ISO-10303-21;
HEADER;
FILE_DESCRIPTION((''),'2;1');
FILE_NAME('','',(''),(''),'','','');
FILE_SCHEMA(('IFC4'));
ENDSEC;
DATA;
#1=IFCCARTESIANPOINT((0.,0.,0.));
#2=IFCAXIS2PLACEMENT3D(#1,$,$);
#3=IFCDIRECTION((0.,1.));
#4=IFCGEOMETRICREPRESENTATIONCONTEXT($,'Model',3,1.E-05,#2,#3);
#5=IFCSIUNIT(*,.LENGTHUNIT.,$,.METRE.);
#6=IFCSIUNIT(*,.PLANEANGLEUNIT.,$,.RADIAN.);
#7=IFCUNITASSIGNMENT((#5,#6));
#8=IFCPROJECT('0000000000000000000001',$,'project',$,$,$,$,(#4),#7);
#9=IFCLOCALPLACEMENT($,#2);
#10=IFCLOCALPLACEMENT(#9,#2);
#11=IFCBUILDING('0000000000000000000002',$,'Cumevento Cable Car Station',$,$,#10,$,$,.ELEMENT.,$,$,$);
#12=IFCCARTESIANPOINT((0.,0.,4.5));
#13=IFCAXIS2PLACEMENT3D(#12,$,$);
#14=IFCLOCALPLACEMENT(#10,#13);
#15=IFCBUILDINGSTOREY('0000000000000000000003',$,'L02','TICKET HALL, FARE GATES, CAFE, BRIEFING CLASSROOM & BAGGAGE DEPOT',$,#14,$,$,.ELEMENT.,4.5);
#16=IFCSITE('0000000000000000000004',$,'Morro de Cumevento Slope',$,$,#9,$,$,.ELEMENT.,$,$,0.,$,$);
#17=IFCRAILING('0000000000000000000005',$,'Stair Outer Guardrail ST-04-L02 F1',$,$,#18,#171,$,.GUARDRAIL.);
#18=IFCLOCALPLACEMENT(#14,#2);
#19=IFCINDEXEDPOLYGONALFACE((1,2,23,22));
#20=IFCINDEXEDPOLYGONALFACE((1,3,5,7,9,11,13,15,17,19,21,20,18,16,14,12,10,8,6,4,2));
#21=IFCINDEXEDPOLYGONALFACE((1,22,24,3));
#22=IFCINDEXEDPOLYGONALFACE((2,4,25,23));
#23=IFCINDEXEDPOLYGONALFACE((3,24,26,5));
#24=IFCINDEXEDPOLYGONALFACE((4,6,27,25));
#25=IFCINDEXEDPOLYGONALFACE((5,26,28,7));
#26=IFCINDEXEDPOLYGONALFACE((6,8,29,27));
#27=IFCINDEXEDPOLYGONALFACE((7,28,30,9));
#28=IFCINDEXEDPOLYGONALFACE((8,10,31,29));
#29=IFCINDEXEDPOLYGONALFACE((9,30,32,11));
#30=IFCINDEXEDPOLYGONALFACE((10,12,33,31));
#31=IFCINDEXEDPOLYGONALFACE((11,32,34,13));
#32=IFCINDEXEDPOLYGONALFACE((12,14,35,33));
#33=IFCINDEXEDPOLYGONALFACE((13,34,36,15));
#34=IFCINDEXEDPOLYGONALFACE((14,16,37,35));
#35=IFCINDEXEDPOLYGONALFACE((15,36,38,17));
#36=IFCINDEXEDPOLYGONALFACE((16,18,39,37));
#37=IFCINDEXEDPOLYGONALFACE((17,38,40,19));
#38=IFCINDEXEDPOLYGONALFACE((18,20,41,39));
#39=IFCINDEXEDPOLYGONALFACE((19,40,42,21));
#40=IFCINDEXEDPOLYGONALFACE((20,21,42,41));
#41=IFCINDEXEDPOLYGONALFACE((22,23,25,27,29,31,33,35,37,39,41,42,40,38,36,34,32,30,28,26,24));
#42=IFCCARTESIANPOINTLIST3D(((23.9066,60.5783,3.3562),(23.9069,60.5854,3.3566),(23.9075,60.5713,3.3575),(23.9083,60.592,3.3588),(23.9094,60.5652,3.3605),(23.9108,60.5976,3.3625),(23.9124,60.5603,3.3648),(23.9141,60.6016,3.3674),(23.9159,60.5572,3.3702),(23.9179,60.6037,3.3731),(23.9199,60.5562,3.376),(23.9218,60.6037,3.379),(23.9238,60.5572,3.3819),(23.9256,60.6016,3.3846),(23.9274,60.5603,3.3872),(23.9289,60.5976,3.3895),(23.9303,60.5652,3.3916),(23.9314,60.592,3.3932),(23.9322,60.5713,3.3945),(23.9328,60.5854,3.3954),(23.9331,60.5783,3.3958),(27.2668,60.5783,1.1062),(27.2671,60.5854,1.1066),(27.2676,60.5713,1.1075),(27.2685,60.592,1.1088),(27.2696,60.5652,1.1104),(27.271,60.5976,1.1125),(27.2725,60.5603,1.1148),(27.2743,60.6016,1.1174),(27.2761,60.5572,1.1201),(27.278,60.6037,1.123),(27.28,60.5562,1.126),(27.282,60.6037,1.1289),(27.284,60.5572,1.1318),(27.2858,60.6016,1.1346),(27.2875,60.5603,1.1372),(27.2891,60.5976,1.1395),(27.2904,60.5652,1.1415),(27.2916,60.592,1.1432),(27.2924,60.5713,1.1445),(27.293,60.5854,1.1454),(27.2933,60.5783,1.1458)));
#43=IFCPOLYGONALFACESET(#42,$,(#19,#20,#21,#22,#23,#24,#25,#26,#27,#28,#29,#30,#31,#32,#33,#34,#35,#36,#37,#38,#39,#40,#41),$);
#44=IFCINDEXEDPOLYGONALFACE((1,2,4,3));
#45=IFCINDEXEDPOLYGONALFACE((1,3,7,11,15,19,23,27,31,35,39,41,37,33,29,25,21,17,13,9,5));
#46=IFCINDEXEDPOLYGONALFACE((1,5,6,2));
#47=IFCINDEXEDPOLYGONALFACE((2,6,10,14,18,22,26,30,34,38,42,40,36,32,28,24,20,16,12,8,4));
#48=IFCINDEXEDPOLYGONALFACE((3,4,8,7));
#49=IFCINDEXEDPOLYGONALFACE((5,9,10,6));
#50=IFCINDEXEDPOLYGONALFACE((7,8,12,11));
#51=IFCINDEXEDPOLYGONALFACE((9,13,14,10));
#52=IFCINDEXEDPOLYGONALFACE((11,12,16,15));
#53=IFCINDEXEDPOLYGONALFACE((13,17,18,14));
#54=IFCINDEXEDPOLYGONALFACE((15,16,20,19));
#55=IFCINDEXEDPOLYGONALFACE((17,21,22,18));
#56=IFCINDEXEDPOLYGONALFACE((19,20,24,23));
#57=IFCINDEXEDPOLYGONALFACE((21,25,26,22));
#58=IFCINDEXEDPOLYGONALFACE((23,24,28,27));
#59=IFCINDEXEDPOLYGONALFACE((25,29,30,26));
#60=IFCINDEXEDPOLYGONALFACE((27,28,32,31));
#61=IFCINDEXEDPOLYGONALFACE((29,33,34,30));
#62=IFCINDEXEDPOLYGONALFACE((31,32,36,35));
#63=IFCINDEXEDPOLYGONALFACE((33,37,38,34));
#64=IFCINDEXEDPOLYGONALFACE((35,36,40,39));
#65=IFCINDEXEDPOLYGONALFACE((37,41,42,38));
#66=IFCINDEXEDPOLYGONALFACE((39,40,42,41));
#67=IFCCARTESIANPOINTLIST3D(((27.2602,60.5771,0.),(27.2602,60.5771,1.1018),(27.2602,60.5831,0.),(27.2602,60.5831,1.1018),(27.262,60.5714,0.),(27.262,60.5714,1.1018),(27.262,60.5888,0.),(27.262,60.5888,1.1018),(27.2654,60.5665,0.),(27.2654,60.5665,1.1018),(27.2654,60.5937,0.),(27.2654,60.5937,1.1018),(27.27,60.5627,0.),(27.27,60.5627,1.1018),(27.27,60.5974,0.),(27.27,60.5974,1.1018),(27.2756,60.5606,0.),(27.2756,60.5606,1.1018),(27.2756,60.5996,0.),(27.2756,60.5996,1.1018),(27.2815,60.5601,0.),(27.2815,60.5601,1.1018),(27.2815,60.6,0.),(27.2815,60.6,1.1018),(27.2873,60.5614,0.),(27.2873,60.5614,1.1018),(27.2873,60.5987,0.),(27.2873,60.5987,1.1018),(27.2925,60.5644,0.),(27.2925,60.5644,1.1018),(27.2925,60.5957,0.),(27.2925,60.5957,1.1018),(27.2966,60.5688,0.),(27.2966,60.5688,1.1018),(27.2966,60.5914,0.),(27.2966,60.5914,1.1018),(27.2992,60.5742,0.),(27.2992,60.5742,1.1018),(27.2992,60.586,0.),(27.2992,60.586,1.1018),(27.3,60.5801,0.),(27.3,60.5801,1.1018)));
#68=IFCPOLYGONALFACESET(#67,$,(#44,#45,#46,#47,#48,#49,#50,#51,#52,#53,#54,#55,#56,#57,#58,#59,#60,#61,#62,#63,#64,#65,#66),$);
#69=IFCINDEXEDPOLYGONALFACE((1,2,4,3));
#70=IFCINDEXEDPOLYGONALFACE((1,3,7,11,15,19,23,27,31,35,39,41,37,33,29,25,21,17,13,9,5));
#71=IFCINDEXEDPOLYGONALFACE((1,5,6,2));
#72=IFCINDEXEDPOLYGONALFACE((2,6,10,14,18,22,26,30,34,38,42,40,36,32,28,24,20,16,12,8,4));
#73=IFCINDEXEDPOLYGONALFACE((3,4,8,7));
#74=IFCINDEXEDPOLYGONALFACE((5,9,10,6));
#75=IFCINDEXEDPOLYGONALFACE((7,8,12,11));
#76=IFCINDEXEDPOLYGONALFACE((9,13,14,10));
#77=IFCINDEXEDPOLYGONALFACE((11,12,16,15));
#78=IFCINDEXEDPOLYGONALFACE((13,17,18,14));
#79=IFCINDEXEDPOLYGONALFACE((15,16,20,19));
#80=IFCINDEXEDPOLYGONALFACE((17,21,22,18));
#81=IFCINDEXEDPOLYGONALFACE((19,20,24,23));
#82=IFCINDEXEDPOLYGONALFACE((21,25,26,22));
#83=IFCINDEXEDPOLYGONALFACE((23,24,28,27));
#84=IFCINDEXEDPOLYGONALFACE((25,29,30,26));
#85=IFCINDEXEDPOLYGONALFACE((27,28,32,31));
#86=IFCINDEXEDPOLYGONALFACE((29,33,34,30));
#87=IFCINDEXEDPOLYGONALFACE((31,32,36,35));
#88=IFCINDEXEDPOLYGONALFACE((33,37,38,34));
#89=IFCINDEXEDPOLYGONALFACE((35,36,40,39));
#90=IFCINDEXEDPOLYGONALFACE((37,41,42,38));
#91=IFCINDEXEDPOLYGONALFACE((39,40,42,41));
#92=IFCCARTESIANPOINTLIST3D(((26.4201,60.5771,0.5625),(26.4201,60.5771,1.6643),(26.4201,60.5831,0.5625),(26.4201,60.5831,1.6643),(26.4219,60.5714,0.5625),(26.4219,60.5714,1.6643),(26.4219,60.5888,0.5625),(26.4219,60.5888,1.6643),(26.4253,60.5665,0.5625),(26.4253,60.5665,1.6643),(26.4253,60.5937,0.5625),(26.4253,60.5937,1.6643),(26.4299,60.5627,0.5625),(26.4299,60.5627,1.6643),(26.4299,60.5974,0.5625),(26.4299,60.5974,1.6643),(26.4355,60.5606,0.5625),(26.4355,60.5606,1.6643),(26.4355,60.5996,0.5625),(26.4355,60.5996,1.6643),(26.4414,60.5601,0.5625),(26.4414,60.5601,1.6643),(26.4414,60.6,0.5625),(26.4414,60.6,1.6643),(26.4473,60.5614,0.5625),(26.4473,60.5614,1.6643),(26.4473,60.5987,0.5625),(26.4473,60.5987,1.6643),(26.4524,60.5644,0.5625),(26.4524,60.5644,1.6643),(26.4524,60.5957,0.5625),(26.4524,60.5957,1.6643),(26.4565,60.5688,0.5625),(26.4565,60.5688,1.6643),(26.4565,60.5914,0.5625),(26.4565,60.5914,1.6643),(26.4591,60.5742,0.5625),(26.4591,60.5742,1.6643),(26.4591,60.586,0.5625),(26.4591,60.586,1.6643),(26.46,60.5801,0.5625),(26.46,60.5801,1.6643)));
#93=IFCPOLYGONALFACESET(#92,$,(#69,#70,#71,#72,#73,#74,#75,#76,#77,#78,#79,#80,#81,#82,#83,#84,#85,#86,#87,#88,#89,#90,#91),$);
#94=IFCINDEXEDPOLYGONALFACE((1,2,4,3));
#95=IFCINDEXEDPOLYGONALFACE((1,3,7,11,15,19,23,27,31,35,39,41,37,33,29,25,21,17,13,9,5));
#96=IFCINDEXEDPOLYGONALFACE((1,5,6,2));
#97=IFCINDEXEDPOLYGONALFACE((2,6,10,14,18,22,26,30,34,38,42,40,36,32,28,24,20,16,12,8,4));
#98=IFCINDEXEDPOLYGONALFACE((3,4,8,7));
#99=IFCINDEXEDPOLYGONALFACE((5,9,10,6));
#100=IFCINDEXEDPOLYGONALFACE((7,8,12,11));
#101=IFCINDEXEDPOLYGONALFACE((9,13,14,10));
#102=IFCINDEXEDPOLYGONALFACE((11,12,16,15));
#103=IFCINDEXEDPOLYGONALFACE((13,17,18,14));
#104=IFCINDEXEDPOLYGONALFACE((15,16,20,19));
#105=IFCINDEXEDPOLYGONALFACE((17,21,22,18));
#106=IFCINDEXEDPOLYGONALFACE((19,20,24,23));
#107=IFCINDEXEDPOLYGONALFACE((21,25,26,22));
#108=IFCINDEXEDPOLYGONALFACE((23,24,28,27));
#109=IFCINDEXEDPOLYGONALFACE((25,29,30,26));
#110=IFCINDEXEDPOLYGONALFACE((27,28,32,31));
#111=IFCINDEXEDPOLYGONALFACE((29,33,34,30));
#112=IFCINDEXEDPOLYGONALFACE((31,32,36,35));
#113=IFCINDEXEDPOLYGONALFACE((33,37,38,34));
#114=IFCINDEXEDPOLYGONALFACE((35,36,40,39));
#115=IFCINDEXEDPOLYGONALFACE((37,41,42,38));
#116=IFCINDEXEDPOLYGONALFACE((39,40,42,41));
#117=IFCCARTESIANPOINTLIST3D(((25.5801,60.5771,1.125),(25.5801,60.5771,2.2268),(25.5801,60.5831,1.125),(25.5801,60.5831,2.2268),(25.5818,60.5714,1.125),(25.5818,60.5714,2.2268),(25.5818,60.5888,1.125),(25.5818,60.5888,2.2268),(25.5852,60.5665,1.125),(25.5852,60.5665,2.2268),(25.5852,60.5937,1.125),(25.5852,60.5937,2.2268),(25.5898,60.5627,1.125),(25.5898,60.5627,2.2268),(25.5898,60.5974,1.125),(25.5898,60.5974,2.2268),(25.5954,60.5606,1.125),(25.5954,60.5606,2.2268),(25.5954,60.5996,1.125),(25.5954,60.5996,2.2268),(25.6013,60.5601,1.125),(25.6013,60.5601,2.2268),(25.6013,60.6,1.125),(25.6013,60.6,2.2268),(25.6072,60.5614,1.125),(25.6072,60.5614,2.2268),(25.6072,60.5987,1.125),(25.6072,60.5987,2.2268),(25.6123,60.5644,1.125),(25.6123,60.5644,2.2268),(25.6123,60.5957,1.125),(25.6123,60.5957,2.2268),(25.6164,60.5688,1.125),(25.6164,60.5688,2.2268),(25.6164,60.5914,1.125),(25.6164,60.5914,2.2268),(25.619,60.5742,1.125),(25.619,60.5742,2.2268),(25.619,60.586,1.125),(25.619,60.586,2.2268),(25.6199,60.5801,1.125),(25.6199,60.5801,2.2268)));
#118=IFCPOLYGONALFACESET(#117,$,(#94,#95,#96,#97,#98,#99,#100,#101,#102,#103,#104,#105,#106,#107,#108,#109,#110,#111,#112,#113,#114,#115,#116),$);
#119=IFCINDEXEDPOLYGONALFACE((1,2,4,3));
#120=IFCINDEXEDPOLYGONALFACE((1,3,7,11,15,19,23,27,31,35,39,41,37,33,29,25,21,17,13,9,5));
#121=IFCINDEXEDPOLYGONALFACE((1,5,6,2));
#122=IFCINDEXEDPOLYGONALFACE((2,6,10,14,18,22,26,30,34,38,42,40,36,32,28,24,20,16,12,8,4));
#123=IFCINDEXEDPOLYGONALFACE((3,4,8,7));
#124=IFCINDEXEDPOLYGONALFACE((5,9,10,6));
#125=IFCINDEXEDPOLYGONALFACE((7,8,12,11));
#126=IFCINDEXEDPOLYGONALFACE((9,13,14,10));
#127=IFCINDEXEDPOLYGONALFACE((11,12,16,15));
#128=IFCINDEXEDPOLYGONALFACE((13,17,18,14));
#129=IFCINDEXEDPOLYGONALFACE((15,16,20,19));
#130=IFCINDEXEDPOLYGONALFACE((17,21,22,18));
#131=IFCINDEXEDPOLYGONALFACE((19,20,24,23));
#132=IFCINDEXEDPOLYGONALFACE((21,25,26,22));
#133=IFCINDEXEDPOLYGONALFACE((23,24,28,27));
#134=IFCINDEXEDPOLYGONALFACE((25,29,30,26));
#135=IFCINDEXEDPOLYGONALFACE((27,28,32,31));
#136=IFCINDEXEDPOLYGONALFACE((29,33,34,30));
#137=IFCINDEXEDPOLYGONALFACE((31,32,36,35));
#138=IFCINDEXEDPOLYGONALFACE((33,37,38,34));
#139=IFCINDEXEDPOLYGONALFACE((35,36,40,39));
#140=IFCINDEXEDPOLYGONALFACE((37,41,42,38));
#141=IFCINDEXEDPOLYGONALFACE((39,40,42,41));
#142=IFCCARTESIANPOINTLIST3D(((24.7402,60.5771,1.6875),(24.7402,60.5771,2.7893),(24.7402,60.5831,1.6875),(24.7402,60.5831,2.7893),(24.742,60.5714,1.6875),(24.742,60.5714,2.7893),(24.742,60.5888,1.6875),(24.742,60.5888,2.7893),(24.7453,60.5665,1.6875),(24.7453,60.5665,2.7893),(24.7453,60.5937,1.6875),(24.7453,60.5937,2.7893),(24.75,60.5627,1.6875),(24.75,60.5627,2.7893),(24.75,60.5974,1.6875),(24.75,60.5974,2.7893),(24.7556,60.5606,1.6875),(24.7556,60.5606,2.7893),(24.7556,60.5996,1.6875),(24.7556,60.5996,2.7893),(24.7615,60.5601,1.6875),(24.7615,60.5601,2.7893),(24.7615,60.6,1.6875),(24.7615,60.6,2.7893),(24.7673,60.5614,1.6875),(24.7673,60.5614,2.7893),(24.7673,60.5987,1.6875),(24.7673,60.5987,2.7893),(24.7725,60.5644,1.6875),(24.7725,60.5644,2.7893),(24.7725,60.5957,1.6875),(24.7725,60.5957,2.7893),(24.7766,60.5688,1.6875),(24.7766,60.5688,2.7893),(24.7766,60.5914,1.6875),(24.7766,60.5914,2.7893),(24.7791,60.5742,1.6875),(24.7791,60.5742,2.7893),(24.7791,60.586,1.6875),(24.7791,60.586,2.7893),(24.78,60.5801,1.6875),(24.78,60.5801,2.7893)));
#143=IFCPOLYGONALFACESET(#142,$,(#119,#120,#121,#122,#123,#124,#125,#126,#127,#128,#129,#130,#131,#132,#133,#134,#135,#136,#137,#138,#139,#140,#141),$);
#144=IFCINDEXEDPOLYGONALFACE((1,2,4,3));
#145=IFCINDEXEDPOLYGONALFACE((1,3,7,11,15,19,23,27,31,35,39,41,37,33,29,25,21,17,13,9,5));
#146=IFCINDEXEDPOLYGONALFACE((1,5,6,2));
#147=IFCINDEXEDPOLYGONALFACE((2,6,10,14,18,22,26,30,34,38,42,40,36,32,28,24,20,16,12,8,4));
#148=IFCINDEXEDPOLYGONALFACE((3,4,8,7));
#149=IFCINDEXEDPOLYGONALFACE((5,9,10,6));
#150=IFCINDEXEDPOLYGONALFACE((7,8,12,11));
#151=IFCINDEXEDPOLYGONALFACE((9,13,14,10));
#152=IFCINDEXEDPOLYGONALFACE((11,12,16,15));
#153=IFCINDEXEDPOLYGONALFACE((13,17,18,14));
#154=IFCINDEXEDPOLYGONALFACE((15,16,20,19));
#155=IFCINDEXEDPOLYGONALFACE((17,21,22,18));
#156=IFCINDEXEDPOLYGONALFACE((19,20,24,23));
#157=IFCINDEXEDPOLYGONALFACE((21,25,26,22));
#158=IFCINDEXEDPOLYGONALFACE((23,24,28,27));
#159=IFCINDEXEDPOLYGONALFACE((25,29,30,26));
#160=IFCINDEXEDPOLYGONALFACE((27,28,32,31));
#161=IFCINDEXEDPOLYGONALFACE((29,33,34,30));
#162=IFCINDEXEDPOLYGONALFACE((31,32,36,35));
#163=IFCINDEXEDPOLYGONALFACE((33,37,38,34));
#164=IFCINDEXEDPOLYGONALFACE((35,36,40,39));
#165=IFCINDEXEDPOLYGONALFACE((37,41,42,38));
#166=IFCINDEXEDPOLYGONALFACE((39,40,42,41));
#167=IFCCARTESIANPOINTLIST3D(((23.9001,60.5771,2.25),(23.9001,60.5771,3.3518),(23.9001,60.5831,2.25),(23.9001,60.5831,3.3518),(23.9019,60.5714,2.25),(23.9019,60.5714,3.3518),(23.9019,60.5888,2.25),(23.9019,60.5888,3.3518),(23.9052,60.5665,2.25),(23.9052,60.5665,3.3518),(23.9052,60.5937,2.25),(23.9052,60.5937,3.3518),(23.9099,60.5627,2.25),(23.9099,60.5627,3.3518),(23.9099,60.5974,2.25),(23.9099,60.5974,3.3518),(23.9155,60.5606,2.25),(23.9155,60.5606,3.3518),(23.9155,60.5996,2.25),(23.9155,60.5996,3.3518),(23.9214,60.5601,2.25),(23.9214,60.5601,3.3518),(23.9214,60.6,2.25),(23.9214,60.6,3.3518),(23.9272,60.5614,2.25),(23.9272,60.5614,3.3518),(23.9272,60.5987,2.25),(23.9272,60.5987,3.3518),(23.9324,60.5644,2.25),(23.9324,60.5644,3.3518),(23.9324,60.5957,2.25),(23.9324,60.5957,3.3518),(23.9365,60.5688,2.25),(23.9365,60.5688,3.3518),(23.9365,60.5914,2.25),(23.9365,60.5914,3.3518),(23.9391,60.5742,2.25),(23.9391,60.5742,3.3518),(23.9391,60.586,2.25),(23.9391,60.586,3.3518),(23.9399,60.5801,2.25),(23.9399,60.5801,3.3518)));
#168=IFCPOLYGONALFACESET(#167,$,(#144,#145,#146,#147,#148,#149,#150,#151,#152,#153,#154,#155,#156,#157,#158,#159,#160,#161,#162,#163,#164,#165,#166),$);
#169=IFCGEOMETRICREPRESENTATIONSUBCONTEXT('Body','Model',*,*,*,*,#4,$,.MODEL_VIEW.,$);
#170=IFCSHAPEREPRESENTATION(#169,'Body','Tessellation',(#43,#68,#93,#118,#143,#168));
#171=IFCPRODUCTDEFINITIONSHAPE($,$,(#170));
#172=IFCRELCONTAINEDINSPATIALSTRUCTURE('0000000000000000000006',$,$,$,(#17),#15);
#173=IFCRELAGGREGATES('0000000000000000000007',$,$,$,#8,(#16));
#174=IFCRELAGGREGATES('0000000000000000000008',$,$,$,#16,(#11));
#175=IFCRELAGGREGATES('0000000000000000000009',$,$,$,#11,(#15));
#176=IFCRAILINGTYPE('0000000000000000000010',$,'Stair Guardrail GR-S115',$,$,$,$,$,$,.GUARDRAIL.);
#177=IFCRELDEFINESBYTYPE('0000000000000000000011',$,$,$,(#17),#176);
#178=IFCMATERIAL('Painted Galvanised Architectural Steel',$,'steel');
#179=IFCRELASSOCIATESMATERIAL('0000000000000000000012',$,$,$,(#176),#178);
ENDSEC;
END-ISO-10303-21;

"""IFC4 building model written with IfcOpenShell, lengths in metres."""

from ifc_helpers import new_model, si_unit, direction, frame, origin, origin_2d, place, context, subcontext, project, spatial, circle, extrude, material, type_object, element, save


model = new_model("IFC4")

# Units and contexts
model_context = context("Model", 3, precision=1e-05, world=origin(), true_north=direction((0.0, 1.0)))
body_context = subcontext(model_context, "Body", "Model", "MODEL_VIEW")
ifc_project = project(units=[si_unit("LENGTHUNIT", "METRE"), si_unit("PLANEANGLEUNIT", "RADIAN")], contexts=[model_context])

# Site, building, storey
site_placement = place(None, origin())
site = spatial("IfcSite", under=ifc_project, at=site_placement, Name="Morro de Cumevento Slope", CompositionType="ELEMENT", RefElevation=0.0)
building_placement = place(site_placement, origin())
building = spatial("IfcBuilding", under=site, at=building_placement, Name="Cumevento Cable Car Station", CompositionType="ELEMENT")
storey_placement = place(building_placement, frame((0.0, 0.0, 4.5)))
storey = spatial("IfcBuildingStorey", under=building, at=storey_placement, Name="L02", Description="TICKET HALL, FARE GATES, CAFE, BRIEFING CLASSROOM & BAGGAGE DEPOT", CompositionType="ELEMENT", Elevation=4.5)

# Railing
ifc_material_1 = material(Name="Painted Galvanised Architectural Steel", Category="steel")
railing_type_1 = type_object("IfcRailingType", Name="Stair Guardrail GR-S115", PredefinedType="GUARDRAIL", material=ifc_material_1)
railing_1_placement = place(storey_placement, frame((27.28, 60.5801, 0.0)))
element("IfcRailing", 1, at=railing_1_placement, inside=storey, type_object=railing_type_1, Name="Stair Outer Guardrail ST-04-L02 F1", PredefinedType="GUARDRAIL", context=body_context, shape_type="SweptSolid", body=[
    extrude(circle(Radius=0.0239, at=origin_2d()), frame((0.0, 0.0, 1.126), z_axis=(-0.830915, 0.0, 0.556399), x_axis=(0.0, -1.0, 0.0)), (0.0, 0.0, 1.0), 4.0439),
    extrude(circle(Radius=0.02, at=origin_2d()), origin(), (0.0, 0.0, 1.0), 1.1018),
    extrude(circle(Radius=0.02, at=origin_2d()), frame((-0.8401, 0.0, 0.5625)), (0.0, 0.0, 1.0), 1.1018),
    extrude(circle(Radius=0.02, at=origin_2d()), frame((-1.6802, 0.0, 1.125)), (0.0, 0.0, 1.0), 1.1018),
    extrude(circle(Radius=0.02, at=origin_2d()), frame((-2.52, 0.0, 1.6875)), (0.0, 0.0, 1.0), 1.1018),
    extrude(circle(Radius=0.02, at=origin_2d()), frame((-3.3601, 0.0, 2.25)), (0.0, 0.0, 1.0), 1.1018),
])

save(model, "model.ifc")
